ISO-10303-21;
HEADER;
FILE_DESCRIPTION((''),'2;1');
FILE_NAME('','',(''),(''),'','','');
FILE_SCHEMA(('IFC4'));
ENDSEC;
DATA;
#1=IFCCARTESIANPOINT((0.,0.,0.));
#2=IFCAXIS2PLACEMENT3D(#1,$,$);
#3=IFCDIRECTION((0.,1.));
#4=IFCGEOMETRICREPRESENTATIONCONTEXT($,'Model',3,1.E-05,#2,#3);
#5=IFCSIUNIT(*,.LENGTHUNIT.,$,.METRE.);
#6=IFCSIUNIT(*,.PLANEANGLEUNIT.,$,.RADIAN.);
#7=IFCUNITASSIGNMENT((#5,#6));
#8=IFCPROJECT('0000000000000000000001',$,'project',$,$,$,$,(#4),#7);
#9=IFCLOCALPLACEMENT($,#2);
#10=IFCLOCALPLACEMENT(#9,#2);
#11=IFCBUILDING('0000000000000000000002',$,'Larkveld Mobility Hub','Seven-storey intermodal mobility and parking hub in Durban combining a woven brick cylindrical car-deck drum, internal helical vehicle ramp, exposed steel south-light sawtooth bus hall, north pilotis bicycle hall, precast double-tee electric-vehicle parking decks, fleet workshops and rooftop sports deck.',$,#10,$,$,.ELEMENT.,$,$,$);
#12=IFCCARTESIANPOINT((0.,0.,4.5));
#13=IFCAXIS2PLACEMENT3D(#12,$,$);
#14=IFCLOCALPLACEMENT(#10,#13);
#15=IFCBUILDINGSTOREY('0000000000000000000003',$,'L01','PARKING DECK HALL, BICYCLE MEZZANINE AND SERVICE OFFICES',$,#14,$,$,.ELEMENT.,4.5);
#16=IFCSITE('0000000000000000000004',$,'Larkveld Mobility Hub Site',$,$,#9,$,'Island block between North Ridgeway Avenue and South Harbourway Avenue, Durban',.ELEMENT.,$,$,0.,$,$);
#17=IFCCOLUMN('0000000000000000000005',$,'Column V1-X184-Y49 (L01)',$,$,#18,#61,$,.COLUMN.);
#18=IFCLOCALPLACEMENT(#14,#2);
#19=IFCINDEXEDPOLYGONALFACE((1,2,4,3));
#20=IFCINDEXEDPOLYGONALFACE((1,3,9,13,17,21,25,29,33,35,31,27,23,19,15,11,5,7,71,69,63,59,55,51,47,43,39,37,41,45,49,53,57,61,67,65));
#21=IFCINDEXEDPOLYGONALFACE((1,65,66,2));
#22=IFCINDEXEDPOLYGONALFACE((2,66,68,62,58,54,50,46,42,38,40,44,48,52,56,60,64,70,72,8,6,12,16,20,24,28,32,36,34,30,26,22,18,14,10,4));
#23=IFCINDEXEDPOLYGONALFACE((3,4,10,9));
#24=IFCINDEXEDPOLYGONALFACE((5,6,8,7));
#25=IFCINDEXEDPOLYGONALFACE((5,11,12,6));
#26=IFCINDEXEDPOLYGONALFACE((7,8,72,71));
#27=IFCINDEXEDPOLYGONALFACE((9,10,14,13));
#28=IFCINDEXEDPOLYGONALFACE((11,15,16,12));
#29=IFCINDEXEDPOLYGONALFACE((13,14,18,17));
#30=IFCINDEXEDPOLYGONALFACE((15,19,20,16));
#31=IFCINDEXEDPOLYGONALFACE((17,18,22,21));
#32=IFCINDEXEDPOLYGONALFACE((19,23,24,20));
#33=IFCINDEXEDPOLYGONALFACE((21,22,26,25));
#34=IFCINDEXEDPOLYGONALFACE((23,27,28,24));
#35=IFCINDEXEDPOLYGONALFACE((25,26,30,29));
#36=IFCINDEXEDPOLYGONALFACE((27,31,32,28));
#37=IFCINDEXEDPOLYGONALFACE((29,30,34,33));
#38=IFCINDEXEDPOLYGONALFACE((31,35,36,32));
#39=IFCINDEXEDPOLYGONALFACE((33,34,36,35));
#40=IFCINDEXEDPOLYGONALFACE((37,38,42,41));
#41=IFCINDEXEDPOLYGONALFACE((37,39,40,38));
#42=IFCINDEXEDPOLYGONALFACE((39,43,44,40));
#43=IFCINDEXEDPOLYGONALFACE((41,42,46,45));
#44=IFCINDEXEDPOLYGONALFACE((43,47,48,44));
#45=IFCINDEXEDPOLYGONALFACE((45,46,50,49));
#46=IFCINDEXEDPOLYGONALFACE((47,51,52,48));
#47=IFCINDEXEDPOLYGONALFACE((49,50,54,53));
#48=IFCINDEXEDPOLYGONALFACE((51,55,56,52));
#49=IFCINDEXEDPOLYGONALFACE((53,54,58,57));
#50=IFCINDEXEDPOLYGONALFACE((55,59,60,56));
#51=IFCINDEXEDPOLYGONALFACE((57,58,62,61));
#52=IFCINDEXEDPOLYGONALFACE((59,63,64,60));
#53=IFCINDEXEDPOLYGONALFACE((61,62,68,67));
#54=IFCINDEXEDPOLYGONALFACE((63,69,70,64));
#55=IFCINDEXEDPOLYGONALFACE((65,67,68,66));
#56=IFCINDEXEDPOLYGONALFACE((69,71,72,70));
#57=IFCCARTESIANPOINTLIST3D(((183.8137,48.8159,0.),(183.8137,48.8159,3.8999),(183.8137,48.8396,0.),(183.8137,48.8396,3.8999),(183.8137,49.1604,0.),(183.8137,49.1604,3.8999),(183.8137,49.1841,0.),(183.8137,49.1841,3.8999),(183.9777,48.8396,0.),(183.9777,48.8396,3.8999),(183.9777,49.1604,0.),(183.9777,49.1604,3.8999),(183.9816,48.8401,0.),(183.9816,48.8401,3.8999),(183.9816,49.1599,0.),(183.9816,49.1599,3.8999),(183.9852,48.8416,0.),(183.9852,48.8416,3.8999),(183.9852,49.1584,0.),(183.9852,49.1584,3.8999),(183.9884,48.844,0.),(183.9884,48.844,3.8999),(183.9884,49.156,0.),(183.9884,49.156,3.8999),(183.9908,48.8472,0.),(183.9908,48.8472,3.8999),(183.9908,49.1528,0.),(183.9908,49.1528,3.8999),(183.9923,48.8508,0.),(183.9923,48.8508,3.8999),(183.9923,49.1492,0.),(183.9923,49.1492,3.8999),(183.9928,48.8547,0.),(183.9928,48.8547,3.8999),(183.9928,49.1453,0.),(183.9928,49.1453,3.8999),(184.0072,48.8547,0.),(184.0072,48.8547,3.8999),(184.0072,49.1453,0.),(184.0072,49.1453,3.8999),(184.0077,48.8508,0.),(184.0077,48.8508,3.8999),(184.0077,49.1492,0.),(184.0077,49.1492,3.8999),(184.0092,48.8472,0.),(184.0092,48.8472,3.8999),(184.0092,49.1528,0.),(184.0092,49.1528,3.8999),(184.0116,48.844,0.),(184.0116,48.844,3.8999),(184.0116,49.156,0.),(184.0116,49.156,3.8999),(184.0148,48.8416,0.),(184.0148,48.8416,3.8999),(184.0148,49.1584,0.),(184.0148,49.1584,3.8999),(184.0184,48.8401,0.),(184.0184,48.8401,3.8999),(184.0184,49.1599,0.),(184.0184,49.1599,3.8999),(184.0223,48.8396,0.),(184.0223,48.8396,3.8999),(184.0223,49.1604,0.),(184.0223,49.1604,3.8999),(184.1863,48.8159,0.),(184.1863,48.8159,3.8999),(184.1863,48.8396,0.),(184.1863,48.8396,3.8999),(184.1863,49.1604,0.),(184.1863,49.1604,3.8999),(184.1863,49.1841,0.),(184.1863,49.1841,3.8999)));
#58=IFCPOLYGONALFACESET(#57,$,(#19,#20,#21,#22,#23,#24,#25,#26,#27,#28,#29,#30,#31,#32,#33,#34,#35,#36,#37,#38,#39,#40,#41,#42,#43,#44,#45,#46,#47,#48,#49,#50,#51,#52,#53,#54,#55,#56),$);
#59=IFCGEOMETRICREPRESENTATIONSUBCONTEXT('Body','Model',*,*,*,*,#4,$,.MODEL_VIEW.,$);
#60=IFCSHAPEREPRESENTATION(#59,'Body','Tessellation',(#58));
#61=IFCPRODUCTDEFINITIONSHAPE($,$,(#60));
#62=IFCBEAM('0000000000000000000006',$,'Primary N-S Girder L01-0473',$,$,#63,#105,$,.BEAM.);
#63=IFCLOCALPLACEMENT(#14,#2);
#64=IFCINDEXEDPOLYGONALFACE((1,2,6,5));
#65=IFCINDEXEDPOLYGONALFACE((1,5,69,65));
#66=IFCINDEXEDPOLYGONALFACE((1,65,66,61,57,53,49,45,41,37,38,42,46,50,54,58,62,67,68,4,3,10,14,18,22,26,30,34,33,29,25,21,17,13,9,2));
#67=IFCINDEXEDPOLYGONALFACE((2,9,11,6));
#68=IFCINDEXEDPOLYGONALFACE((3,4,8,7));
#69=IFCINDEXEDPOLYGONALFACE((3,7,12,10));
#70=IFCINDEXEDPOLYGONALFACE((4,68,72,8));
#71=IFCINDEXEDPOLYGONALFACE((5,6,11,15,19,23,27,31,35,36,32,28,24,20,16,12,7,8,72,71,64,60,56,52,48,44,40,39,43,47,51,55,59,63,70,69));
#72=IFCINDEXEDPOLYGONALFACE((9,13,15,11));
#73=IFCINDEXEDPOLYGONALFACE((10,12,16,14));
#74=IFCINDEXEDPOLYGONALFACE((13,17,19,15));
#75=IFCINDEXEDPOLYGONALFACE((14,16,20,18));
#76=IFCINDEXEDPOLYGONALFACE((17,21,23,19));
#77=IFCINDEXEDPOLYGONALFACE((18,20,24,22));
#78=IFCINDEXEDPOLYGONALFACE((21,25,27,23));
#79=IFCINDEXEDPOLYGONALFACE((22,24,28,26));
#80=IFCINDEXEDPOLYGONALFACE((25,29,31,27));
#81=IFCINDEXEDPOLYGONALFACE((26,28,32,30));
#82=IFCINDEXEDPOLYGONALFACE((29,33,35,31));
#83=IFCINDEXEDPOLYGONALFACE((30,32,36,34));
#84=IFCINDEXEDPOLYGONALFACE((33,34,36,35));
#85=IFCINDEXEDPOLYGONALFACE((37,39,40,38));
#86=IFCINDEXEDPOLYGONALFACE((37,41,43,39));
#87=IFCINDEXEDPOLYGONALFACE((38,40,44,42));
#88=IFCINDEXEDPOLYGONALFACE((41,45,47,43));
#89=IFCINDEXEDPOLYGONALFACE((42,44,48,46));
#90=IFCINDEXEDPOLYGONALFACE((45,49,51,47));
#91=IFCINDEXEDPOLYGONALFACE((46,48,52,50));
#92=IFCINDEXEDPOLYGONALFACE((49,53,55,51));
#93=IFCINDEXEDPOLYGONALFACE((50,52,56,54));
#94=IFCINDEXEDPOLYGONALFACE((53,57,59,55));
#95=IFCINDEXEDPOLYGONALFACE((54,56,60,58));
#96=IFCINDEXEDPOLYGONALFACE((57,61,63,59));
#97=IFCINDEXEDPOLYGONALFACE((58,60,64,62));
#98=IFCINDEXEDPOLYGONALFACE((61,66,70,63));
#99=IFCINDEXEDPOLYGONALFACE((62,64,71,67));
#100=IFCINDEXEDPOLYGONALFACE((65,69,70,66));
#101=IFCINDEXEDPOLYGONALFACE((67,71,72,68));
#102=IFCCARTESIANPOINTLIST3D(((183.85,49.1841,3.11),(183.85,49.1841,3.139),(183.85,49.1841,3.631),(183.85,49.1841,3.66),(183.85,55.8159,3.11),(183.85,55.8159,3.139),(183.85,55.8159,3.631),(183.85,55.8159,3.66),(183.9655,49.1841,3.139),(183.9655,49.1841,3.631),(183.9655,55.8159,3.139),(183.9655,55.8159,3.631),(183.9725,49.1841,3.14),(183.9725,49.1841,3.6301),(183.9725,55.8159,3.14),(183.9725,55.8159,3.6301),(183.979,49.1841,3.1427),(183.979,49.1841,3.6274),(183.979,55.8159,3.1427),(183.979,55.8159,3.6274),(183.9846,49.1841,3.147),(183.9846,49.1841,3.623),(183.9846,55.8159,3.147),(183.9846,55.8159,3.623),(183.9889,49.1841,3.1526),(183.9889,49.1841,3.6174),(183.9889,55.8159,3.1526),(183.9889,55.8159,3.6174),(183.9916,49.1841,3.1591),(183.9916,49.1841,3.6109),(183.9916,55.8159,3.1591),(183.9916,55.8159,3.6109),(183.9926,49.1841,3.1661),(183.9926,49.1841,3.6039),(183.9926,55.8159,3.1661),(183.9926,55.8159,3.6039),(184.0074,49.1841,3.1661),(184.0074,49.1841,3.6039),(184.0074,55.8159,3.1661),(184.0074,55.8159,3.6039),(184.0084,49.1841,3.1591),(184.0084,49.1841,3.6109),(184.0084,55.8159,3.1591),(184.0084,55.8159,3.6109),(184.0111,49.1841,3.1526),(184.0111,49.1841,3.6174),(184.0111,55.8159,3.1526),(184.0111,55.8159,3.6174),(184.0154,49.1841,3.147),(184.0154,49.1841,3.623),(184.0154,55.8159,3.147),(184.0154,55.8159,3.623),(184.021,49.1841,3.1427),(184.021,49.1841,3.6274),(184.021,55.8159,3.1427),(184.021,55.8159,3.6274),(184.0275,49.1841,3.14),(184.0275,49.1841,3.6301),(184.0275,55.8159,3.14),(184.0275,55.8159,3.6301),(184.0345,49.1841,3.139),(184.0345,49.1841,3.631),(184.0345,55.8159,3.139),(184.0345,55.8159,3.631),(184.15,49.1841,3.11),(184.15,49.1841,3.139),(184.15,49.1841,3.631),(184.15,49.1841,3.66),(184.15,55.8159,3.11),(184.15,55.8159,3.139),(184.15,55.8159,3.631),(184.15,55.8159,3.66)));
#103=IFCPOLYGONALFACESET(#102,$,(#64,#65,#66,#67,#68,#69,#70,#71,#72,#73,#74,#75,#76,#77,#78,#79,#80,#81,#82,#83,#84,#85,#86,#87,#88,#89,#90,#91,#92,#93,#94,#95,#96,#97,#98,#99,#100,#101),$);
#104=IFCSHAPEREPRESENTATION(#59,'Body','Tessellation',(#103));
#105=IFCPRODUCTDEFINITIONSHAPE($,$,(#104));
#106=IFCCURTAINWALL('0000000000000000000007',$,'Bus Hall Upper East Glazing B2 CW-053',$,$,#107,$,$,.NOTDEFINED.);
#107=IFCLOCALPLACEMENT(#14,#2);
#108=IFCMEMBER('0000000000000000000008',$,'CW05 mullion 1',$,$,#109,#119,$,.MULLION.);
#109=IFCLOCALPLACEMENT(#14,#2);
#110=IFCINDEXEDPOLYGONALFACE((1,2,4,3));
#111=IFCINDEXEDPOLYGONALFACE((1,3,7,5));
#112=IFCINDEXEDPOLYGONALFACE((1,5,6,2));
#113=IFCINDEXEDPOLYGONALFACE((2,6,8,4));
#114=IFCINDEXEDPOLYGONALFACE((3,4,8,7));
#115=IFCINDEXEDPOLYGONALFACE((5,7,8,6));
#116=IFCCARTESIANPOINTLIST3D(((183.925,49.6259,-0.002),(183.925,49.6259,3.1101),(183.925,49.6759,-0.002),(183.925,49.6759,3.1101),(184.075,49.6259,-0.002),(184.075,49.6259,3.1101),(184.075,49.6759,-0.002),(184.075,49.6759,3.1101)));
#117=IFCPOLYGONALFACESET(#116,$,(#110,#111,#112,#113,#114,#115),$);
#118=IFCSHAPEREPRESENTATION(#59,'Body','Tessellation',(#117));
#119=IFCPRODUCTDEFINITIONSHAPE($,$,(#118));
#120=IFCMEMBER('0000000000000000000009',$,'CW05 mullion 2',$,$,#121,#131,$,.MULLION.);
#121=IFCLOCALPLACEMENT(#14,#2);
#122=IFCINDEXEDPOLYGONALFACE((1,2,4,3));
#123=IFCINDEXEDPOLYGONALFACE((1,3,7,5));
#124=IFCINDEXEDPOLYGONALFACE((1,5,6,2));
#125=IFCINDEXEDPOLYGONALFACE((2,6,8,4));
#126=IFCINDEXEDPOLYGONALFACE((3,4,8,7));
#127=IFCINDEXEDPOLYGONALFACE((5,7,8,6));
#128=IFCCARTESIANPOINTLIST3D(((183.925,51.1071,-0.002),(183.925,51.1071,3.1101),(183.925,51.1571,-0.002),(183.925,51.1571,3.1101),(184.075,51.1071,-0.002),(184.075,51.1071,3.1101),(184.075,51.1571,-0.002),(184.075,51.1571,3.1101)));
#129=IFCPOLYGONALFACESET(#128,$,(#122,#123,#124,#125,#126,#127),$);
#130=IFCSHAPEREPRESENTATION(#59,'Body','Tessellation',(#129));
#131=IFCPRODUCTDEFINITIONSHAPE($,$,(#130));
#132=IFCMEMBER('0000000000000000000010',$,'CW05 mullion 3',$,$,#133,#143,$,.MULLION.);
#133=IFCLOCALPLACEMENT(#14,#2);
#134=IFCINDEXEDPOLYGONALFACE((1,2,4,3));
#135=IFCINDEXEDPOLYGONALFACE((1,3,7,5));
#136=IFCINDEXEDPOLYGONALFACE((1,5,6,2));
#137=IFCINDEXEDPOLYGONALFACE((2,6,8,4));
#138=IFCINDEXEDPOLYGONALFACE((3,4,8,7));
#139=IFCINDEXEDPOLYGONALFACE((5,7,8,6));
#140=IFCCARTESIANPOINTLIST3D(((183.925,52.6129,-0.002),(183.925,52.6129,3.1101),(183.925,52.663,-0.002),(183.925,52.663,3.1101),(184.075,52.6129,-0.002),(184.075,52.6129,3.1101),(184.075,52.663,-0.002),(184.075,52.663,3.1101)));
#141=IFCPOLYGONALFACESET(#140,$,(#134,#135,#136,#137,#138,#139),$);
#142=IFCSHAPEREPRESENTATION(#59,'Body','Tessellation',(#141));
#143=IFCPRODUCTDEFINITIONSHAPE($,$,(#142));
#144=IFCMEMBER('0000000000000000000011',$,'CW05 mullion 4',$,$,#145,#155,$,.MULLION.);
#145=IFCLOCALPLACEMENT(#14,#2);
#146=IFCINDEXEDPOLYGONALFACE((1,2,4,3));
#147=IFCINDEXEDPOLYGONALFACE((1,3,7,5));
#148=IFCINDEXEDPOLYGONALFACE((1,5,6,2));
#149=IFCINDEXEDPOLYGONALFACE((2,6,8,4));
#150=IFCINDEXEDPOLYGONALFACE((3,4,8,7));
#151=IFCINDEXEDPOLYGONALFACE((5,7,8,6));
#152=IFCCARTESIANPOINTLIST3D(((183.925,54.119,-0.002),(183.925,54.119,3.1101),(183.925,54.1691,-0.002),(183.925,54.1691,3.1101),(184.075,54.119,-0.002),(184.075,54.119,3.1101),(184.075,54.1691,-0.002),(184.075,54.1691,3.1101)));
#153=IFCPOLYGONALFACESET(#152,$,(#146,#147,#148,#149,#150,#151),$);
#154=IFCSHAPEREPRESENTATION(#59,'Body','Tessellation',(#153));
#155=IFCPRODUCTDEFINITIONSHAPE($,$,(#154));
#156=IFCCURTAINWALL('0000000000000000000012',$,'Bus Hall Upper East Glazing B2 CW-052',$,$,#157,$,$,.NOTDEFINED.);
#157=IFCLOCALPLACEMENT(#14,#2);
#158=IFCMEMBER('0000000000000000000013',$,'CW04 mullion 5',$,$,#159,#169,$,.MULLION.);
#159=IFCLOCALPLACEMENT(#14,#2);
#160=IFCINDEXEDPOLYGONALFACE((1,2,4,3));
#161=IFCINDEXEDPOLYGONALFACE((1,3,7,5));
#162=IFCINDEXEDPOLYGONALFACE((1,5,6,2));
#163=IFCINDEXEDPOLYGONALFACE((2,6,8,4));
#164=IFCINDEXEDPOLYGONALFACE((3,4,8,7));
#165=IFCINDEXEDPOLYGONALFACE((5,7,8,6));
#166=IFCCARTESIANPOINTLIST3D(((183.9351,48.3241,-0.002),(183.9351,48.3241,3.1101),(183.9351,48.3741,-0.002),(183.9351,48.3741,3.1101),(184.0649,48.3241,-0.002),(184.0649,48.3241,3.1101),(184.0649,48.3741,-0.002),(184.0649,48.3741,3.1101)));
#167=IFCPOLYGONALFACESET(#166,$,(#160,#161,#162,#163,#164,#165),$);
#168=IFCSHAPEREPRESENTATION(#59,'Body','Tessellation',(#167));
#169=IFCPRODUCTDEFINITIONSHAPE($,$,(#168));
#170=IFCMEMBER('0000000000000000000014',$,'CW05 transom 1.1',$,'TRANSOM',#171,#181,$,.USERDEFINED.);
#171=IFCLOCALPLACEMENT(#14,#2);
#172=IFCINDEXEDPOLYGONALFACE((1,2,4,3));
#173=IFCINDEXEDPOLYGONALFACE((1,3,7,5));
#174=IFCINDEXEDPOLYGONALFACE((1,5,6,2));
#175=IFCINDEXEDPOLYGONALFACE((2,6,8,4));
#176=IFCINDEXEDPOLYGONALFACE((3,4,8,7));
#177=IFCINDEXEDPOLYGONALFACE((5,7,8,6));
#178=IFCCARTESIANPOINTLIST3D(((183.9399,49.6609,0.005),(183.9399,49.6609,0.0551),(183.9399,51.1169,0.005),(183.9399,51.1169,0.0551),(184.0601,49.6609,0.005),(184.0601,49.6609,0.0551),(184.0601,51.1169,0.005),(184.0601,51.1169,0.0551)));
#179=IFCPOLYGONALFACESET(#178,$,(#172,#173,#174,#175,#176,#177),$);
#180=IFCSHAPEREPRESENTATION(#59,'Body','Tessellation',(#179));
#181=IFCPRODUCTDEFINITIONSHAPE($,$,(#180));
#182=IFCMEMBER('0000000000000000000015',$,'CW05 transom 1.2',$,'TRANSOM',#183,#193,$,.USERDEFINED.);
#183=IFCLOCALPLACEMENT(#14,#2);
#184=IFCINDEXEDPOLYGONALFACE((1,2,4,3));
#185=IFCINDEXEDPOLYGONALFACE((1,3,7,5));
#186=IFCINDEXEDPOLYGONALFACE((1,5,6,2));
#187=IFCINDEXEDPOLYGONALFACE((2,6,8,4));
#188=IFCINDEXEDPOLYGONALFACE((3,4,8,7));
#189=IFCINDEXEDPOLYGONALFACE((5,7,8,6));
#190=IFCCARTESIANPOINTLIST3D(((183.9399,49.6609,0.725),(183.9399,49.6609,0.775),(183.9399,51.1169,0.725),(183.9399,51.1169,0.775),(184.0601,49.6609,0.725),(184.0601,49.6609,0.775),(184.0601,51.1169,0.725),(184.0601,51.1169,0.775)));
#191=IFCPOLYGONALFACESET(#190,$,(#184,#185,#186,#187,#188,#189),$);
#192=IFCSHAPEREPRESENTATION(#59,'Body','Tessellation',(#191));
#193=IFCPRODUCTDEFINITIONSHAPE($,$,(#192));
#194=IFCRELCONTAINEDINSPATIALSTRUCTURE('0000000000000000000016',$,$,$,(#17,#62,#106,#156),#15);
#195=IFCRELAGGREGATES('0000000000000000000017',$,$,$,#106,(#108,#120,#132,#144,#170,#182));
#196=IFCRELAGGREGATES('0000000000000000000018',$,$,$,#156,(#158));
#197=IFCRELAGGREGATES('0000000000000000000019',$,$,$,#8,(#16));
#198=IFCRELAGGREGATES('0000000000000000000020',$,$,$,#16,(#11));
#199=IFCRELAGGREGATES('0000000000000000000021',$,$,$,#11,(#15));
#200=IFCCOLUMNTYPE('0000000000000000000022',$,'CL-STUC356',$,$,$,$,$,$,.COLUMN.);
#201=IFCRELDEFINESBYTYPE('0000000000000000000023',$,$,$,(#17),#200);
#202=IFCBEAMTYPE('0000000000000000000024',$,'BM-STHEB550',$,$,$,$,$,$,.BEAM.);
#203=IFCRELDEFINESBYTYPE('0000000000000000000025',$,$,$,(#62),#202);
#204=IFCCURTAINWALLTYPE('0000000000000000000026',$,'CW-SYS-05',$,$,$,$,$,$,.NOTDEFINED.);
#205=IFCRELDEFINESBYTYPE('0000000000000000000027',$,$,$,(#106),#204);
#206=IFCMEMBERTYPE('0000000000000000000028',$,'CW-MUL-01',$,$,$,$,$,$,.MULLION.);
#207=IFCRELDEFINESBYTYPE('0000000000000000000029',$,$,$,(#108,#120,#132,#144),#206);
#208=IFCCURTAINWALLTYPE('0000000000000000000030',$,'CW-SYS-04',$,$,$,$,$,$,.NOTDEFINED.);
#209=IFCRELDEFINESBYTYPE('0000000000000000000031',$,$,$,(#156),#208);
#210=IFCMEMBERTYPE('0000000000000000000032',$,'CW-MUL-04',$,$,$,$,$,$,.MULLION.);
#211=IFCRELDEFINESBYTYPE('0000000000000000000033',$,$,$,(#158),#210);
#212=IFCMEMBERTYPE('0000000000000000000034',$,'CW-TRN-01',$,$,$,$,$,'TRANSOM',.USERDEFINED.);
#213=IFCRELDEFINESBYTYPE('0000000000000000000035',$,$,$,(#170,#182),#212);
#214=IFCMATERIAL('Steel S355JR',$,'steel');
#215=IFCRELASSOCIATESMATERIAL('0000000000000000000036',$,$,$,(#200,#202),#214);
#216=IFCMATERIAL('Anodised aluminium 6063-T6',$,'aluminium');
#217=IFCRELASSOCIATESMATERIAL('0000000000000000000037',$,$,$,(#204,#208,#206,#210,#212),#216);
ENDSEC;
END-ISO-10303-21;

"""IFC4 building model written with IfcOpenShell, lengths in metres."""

from ifc_helpers import new_model, si_unit, direction, frame, origin, origin_2d, place, context, subcontext, project, spatial, rectangle, i_section, extrude, material, material_profile, profile_set, type_object, element, aggregate, save


model = new_model("IFC4")

# Units and contexts
model_context = context("Model", 3, precision=1e-05, world=origin(), true_north=direction((0.0, 1.0)))
body_context = subcontext(model_context, "Body", "Model", "MODEL_VIEW")
ifc_project = project(units=[si_unit("LENGTHUNIT", "METRE"), si_unit("PLANEANGLEUNIT", "RADIAN")], contexts=[model_context])

# Site, building, storey
site_placement = place(None, origin())
site = spatial("IfcSite", under=ifc_project, at=site_placement, Name="Larkveld Mobility Hub Site", LongName="Island block between North Ridgeway Avenue and South Harbourway Avenue, Durban", CompositionType="ELEMENT", RefElevation=0.0)
building_placement = place(site_placement, origin())
building = spatial("IfcBuilding", under=site, at=building_placement, Name="Larkveld Mobility Hub", Description="Seven-storey intermodal mobility and parking hub in Durban combining a woven brick cylindrical car-deck drum, internal helical vehicle ramp, exposed steel south-light sawtooth bus hall, north pilotis bicycle hall, precast double-tee electric-vehicle parking decks, fleet workshops and rooftop sports deck.", CompositionType="ELEMENT")
storey_placement = place(building_placement, frame((0.0, 0.0, 4.5)))
storey = spatial("IfcBuildingStorey", under=building, at=storey_placement, Name="L01", Description="PARKING DECK HALL, BICYCLE MEZZANINE AND SERVICE OFFICES", CompositionType="ELEMENT", Elevation=4.5)

# Column
ifc_material_1 = material(Name="Steel S355JR", Category="steel")
ifc_material_profile_1 = material_profile(ifc_material_1, i_section(OverallWidth=0.3726, OverallDepth=0.3682, WebThickness=0.0144, FlangeThickness=0.0237, FilletRadius=0.0151, at=origin_2d()), Name="UC 356x368x177")
ifc_profile_set_1 = profile_set([ifc_material_profile_1], Name="Steel S355JR")
column_type = type_object("IfcColumnType", Name="CL-STUC356", PredefinedType="COLUMN", material=ifc_profile_set_1)
column_placement = place(storey_placement, frame((184.0, 49.0, 0.0), z_axis=(0.0, 0.0, 1.0), x_axis=(1.0, 0.0, 0.0)))
element("IfcColumn", 1, at=column_placement, inside=storey, type_object=column_type, Name="Column V1-X184-Y49 (L01)", PredefinedType="COLUMN", context=body_context, shape_type="SweptSolid", body=[
    extrude(i_section(OverallWidth=0.3726, OverallDepth=0.3682, WebThickness=0.0144, FlangeThickness=0.0237, FilletRadius=0.0151, at=origin_2d()), origin(), (0.0, 0.0, 1.0), 3.8999),
])

# Beam
ifc_material_profile_2 = material_profile(ifc_material_1, i_section(OverallWidth=0.3, OverallDepth=0.55, WebThickness=0.0149, FlangeThickness=0.0291, FilletRadius=0.0271, at=origin_2d()), Name="HEB 550")
ifc_profile_set_2 = profile_set([ifc_material_profile_2], Name="Steel S355JR")
beam_type = type_object("IfcBeamType", Name="BM-STHEB550", PredefinedType="BEAM", material=ifc_profile_set_2)
beam_placement = place(storey_placement, frame((184.0, 49.1841, 3.385), z_axis=(0.0, 1.0, 0.0), x_axis=(-1.0, 0.0, 0.0)))
element("IfcBeam", 2, at=beam_placement, inside=storey, type_object=beam_type, Name="Primary N-S Girder L01-0473", PredefinedType="BEAM", context=body_context, shape_type="SweptSolid", body=[
    extrude(i_section(OverallWidth=0.3, OverallDepth=0.55, WebThickness=0.0149, FlangeThickness=0.0291, FilletRadius=0.0271, at=origin_2d()), origin(), (0.0, 0.0, 1.0), 6.6318),
])

# Curtain wall, members
ifc_material_2 = material(Name="Anodised aluminium 6063-T6", Category="aluminium")
curtain_wall_type_1 = type_object("IfcCurtainWallType", Name="CW-SYS-05", PredefinedType="NOTDEFINED", material=ifc_material_2)
curtain_wall_1_placement = place(storey_placement, origin())
curtain_wall_1 = element("IfcCurtainWall", 3, at=curtain_wall_1_placement, inside=storey, type_object=curtain_wall_type_1, Name="Bus Hall Upper East Glazing B2 CW-053", PredefinedType="NOTDEFINED")
ifc_material_profile_3 = material_profile(ifc_material_2, rectangle(XDim=0.05, YDim=0.1499, at=origin_2d()), Name="ALU MULL 50x150")
ifc_profile_set_3 = profile_set([ifc_material_profile_3], Name="Anodised aluminium 6063-T6")
member_type_1 = type_object("IfcMemberType", Name="CW-MUL-01", PredefinedType="MULLION", material=ifc_profile_set_3)
member_1_placement = place(storey_placement, frame((184.0, 49.6509, -0.002), z_axis=(0.0, 0.0, 1.0), x_axis=(0.0, 1.0, 0.0)))
member_1 = element("IfcMember", 4, at=member_1_placement, type_object=member_type_1, Name="CW05 mullion 1", PredefinedType="MULLION", context=body_context, shape_type="SweptSolid", body=[
    extrude(rectangle(XDim=0.05, YDim=0.1499, at=origin_2d()), origin(), (0.0, 0.0, 1.0), 3.1121),
])
member_2_placement = place(storey_placement, frame((184.0, 51.1321, -0.002), z_axis=(0.0, 0.0, 1.0), x_axis=(0.0, 1.0, 0.0)))
member_2 = element("IfcMember", 5, at=member_2_placement, type_object=member_type_1, Name="CW05 mullion 2", PredefinedType="MULLION", context=body_context, shape_type="SweptSolid", body=[
    extrude(rectangle(XDim=0.05, YDim=0.1499, at=origin_2d()), origin(), (0.0, 0.0, 1.0), 3.1121),
])
member_3_placement = place(storey_placement, frame((184.0, 52.6379, -0.002), z_axis=(0.0, 0.0, 1.0), x_axis=(0.0, 1.0, 0.0)))
member_3 = element("IfcMember", 6, at=member_3_placement, type_object=member_type_1, Name="CW05 mullion 3", PredefinedType="MULLION", context=body_context, shape_type="SweptSolid", body=[
    extrude(rectangle(XDim=0.05, YDim=0.1499, at=origin_2d()), origin(), (0.0, 0.0, 1.0), 3.1121),
])
member_4_placement = place(storey_placement, frame((184.0, 54.144, -0.002), z_axis=(0.0, 0.0, 1.0), x_axis=(0.0, 1.0, 0.0)))
member_4 = element("IfcMember", 7, at=member_4_placement, type_object=member_type_1, Name="CW05 mullion 4", PredefinedType="MULLION", context=body_context, shape_type="SweptSolid", body=[
    extrude(rectangle(XDim=0.05, YDim=0.1499, at=origin_2d()), origin(), (0.0, 0.0, 1.0), 3.1121),
])

# Curtain wall, member
curtain_wall_type_2 = type_object("IfcCurtainWallType", Name="CW-SYS-04", PredefinedType="NOTDEFINED", material=ifc_material_2)
curtain_wall_2_placement = place(storey_placement, origin())
curtain_wall_2 = element("IfcCurtainWall", 8, at=curtain_wall_2_placement, inside=storey, type_object=curtain_wall_type_2, Name="Bus Hall Upper East Glazing B2 CW-052", PredefinedType="NOTDEFINED")
ifc_material_profile_4 = material_profile(ifc_material_2, rectangle(XDim=0.05, YDim=0.1299, at=origin_2d()), Name="ALU MULL 50x130")
ifc_profile_set_4 = profile_set([ifc_material_profile_4], Name="Anodised aluminium 6063-T6")
member_type_2 = type_object("IfcMemberType", Name="CW-MUL-04", PredefinedType="MULLION", material=ifc_profile_set_4)
member_5_placement = place(storey_placement, frame((184.0, 48.3491, -0.002), z_axis=(0.0, 0.0, 1.0), x_axis=(0.0, 1.0, 0.0)))
member_5 = element("IfcMember", 9, at=member_5_placement, type_object=member_type_2, Name="CW04 mullion 5", PredefinedType="MULLION", context=body_context, shape_type="SweptSolid", body=[
    extrude(rectangle(XDim=0.05, YDim=0.1299, at=origin_2d()), origin(), (0.0, 0.0, 1.0), 3.1121),
])

# Members
ifc_material_profile_5 = material_profile(ifc_material_2, rectangle(XDim=0.1201, YDim=0.05, at=origin_2d()), Name="ALU TRAN 50x120")
ifc_profile_set_5 = profile_set([ifc_material_profile_5], Name="Anodised aluminium 6063-T6")
member_type_3 = type_object("IfcMemberType", Name="CW-TRN-01", ElementType="TRANSOM", PredefinedType="USERDEFINED", material=ifc_profile_set_5)
member_6_placement = place(storey_placement, frame((184.0, 49.6609, 0.03), z_axis=(0.0, 1.0, 0.0), x_axis=(-1.0, 0.0, 0.0)))
member_6 = element("IfcMember", 10, at=member_6_placement, type_object=member_type_3, Name="CW05 transom 1.1", ObjectType="TRANSOM", PredefinedType="USERDEFINED", context=body_context, shape_type="SweptSolid", body=[
    extrude(rectangle(XDim=0.1201, YDim=0.05, at=origin_2d()), origin(), (0.0, 0.0, 1.0), 1.4561),
])
member_7_placement = place(storey_placement, frame((184.0, 49.6609, 0.75), z_axis=(0.0, 1.0, 0.0), x_axis=(-1.0, 0.0, 0.0)))
member_7 = element("IfcMember", 11, at=member_7_placement, type_object=member_type_3, Name="CW05 transom 1.2", ObjectType="TRANSOM", PredefinedType="USERDEFINED", context=body_context, shape_type="SweptSolid", body=[
    extrude(rectangle(XDim=0.1201, YDim=0.05, at=origin_2d()), origin(), (0.0, 0.0, 1.0), 1.4561),
])

aggregate(curtain_wall_1, [member_1, member_2, member_3, member_4, member_6, member_7])
aggregate(curtain_wall_2, [member_5])

save(model, "model.ifc")
